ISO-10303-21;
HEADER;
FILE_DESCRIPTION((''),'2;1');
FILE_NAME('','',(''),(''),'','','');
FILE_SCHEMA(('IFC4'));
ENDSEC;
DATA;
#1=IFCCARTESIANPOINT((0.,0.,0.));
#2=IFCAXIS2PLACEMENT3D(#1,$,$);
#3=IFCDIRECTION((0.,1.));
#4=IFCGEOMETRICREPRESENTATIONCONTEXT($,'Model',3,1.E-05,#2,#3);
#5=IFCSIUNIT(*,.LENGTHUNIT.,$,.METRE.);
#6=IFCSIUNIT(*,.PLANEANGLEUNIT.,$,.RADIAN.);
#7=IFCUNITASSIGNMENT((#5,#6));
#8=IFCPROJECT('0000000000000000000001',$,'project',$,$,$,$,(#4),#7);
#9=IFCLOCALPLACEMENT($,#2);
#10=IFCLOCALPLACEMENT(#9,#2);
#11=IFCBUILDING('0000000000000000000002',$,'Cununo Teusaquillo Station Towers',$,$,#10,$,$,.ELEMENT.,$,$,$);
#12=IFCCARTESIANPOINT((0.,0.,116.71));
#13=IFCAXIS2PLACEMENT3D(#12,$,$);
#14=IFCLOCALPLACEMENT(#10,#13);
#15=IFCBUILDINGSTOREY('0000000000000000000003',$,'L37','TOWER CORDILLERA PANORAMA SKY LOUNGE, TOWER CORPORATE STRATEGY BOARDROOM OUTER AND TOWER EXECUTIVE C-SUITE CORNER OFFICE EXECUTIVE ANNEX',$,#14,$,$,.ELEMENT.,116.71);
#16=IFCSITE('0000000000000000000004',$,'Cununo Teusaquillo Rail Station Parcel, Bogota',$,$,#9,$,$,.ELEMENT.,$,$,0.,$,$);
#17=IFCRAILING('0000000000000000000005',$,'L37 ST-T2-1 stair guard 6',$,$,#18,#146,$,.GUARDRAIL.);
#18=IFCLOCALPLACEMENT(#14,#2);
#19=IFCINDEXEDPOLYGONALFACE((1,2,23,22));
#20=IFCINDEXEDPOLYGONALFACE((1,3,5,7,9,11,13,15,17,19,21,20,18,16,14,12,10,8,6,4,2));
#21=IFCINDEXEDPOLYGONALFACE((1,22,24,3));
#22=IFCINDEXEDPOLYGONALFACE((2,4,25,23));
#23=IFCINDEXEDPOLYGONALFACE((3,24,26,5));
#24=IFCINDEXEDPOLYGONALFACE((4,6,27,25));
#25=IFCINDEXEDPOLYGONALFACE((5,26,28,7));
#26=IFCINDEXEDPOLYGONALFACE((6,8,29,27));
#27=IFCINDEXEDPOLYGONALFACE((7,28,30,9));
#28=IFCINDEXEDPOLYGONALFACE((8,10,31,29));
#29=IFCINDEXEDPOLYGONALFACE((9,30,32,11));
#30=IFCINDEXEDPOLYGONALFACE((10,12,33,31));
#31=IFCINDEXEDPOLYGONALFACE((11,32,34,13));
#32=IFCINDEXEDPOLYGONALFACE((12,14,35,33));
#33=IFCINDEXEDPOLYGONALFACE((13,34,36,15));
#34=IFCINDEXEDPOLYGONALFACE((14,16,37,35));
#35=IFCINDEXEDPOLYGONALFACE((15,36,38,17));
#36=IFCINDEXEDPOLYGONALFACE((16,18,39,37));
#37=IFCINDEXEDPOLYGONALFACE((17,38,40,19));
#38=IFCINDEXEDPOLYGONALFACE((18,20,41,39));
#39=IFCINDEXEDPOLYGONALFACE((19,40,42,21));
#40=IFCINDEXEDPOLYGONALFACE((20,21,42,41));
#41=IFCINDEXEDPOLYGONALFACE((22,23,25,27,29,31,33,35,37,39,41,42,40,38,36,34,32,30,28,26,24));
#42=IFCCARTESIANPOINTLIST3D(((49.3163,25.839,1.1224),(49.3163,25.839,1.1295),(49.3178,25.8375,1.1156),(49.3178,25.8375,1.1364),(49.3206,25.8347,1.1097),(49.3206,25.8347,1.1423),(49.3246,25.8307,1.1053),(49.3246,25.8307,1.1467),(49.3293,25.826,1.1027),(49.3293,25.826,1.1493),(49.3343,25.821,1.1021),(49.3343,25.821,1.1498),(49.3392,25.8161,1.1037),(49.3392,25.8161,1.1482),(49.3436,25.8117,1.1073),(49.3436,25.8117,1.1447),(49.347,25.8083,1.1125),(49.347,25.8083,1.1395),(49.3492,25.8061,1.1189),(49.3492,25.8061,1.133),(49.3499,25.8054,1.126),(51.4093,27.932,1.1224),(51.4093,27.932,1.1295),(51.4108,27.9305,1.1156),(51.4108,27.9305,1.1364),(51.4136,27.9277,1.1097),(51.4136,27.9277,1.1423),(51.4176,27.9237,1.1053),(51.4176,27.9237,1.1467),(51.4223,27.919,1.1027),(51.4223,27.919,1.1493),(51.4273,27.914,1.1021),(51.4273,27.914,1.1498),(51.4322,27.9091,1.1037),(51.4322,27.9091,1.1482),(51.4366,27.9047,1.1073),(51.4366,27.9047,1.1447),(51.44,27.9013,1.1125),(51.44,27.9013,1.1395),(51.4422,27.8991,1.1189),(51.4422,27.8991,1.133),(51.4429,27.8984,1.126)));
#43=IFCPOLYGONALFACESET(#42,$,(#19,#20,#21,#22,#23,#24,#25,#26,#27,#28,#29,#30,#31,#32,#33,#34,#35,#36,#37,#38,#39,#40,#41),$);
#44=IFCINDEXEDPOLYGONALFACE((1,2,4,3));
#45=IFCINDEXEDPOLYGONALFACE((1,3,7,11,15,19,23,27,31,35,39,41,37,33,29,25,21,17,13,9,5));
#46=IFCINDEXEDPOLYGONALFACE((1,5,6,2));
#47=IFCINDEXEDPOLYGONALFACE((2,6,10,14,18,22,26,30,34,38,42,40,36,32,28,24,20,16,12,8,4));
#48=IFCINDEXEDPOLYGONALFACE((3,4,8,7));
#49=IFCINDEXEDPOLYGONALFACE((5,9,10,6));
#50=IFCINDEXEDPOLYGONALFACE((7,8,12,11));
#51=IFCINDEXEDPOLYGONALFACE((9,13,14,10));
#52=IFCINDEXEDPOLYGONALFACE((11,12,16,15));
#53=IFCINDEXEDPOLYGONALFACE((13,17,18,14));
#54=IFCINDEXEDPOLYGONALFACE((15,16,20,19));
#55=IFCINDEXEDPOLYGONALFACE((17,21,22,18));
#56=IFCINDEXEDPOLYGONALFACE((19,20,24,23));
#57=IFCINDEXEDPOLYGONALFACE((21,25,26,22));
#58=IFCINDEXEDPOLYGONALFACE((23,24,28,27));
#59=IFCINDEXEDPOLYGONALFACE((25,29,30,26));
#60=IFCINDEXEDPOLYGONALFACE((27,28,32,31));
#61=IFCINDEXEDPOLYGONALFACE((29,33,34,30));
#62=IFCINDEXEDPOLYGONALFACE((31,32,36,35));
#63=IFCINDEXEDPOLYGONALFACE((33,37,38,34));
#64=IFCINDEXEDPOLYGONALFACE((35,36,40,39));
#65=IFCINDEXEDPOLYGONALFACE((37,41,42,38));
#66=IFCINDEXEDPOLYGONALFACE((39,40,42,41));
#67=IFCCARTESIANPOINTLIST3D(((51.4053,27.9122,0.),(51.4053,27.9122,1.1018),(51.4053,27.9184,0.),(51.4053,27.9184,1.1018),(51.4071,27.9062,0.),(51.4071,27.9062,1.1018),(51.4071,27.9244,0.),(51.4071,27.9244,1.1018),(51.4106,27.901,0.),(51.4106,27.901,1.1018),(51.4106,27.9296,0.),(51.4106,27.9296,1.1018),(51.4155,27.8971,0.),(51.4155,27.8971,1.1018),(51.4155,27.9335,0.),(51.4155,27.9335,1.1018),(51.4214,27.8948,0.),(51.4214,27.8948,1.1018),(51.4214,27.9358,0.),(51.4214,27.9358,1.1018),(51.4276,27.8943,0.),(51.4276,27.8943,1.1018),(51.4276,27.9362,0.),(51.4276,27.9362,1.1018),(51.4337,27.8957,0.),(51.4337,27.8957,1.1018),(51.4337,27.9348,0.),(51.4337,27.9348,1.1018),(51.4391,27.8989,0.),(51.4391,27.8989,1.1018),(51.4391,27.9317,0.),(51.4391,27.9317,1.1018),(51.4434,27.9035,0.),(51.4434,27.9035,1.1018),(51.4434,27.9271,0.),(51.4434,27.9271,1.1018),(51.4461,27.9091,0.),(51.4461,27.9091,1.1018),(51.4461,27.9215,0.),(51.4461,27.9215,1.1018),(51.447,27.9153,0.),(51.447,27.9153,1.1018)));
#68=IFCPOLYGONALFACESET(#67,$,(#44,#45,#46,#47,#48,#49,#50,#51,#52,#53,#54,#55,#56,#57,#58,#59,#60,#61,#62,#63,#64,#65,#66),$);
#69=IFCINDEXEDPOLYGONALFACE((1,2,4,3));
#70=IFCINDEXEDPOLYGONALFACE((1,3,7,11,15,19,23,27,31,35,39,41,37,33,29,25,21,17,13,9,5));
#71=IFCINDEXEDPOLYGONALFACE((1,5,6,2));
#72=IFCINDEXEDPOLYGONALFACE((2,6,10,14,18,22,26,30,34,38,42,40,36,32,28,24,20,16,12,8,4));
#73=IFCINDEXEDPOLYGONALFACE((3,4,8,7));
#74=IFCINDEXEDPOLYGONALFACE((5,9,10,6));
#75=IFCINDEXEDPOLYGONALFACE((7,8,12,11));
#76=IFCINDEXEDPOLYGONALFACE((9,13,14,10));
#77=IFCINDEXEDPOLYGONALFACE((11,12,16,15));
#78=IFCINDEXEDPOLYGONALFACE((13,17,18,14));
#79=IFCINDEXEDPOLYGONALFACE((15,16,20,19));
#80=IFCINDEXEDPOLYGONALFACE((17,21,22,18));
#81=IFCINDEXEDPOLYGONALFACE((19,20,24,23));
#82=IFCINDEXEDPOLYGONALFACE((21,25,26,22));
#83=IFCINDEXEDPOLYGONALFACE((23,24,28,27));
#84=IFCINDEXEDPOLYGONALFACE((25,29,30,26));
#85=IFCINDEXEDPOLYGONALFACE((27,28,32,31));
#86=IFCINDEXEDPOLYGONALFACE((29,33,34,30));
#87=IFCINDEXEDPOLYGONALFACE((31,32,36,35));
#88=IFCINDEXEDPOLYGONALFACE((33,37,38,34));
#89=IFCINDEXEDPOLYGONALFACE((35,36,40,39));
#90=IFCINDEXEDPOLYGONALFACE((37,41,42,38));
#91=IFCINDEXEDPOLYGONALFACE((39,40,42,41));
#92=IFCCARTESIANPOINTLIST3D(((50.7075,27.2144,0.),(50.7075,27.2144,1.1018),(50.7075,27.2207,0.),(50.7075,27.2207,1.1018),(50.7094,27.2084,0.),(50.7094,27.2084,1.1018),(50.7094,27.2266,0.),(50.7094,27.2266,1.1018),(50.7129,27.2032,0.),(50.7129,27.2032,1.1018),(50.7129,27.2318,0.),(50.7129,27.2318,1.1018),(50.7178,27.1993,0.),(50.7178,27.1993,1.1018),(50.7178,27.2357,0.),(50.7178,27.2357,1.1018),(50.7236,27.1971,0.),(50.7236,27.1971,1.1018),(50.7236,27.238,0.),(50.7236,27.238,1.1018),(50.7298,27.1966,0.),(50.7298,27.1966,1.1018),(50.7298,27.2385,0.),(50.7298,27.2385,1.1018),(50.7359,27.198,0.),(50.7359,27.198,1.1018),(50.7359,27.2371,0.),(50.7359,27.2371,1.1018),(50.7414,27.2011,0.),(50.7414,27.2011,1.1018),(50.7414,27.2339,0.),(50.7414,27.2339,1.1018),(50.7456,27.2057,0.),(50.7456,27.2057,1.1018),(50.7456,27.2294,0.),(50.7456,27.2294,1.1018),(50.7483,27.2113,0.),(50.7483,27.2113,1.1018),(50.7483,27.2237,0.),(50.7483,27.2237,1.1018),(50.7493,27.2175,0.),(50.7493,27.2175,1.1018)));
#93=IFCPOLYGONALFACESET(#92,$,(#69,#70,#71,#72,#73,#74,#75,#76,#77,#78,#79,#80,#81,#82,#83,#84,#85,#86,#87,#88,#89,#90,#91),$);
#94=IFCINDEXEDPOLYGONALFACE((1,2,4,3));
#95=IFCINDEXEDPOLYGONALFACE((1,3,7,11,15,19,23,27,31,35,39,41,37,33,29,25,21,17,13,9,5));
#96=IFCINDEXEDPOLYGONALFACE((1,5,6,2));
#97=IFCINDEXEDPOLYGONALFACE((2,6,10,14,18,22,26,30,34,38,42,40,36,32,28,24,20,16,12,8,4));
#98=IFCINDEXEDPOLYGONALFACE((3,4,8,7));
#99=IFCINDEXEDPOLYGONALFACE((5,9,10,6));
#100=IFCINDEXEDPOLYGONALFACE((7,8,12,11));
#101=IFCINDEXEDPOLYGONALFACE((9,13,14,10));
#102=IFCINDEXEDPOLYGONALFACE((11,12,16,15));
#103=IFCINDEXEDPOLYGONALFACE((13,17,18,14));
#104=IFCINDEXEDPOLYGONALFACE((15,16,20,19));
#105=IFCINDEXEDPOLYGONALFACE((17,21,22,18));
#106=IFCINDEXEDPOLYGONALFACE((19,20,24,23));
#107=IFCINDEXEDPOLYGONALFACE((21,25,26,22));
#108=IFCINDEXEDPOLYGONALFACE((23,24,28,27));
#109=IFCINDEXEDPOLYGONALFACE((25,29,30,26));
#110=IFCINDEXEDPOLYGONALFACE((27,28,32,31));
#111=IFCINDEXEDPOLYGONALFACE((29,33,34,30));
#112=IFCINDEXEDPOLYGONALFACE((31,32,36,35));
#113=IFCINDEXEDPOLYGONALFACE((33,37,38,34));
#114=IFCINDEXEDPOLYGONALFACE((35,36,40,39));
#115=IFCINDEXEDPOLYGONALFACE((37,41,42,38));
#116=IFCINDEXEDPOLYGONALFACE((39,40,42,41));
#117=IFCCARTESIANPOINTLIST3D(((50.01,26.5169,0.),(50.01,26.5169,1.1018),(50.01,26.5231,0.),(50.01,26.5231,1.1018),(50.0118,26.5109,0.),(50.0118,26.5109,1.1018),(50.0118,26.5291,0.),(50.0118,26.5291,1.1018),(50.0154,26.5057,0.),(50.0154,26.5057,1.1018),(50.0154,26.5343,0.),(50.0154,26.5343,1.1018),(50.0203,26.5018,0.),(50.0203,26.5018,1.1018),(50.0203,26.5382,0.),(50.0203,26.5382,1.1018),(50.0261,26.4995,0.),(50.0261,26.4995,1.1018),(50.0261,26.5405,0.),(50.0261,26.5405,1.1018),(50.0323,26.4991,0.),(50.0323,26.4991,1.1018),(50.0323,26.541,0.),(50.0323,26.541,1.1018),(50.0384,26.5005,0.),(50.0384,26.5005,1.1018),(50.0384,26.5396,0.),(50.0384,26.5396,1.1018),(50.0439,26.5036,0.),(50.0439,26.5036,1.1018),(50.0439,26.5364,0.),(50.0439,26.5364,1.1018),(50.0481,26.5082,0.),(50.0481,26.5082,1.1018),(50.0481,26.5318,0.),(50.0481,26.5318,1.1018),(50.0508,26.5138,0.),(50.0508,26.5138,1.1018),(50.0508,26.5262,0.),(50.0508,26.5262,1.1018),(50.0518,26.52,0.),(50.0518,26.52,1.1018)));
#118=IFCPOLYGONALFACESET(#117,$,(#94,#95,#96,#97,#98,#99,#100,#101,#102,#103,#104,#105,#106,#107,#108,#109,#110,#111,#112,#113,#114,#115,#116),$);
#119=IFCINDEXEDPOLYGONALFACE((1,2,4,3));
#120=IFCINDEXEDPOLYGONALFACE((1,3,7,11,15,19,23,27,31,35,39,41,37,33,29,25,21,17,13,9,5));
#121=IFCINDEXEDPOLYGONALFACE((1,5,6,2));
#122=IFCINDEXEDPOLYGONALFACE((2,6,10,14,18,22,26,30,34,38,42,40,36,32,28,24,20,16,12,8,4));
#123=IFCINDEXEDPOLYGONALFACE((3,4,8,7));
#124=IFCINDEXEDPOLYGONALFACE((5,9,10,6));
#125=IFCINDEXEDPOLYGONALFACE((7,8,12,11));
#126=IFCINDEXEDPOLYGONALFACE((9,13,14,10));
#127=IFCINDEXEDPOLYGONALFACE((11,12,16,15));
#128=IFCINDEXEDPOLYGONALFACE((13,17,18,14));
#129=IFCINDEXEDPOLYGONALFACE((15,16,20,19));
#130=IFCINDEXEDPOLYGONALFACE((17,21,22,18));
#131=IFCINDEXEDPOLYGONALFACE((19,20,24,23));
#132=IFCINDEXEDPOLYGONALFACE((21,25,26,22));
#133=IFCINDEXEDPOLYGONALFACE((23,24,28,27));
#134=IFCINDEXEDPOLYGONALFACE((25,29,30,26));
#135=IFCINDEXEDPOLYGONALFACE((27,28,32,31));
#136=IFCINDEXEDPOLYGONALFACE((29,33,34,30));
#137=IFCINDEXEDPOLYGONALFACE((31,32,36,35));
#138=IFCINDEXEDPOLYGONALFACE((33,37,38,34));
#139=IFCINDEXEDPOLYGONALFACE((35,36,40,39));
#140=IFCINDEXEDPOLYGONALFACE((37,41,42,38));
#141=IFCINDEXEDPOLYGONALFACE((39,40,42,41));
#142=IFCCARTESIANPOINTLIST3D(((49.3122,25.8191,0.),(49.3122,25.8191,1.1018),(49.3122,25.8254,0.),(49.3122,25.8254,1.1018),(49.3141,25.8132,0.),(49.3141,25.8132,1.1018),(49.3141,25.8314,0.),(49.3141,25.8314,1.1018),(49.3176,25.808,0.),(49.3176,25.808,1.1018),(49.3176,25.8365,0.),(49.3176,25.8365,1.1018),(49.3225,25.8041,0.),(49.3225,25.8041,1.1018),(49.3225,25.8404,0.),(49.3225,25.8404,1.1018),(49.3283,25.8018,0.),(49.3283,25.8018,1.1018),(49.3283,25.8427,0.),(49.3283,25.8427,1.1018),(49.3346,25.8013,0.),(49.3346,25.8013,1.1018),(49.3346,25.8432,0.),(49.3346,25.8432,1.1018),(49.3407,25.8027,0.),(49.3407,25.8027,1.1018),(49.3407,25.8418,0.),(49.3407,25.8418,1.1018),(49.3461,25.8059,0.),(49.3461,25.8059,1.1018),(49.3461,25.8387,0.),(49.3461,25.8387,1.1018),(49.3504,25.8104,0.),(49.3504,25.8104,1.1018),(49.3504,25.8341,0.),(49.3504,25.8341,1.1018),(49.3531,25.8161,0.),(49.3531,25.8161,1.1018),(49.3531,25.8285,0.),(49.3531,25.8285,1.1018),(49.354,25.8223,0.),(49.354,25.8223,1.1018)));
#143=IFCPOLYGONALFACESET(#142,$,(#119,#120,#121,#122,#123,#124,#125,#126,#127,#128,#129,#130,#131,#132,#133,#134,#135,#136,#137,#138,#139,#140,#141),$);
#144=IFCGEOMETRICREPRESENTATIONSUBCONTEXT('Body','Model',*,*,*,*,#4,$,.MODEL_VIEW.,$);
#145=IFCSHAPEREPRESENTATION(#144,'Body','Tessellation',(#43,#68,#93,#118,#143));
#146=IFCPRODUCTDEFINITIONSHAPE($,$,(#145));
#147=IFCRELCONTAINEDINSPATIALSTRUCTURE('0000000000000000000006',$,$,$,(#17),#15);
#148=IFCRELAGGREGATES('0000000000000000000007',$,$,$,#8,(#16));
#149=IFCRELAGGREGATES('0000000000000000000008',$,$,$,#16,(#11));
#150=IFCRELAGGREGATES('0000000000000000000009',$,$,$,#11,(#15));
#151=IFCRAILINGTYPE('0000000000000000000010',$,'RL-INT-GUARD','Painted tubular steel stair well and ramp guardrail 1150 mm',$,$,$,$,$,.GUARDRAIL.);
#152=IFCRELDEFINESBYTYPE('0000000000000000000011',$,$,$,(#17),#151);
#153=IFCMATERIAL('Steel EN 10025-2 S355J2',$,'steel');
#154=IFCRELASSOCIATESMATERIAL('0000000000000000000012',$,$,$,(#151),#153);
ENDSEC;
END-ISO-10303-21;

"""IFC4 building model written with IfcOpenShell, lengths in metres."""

from ifc_helpers import new_model, si_unit, direction, frame, origin, origin_2d, place, context, subcontext, project, spatial, circle, extrude, material, type_object, element, save


model = new_model("IFC4")

# Units and contexts
model_context = context("Model", 3, precision=1e-05, world=origin(), true_north=direction((0.0, 1.0)))
body_context = subcontext(model_context, "Body", "Model", "MODEL_VIEW")
ifc_project = project(units=[si_unit("LENGTHUNIT", "METRE"), si_unit("PLANEANGLEUNIT", "RADIAN")], contexts=[model_context])

# Site, building, storey
site_placement = place(None, origin())
site = spatial("IfcSite", under=ifc_project, at=site_placement, Name="Cununo Teusaquillo Rail Station Parcel, Bogota", CompositionType="ELEMENT", RefElevation=0.0)
building_placement = place(site_placement, origin())
building = spatial("IfcBuilding", under=site, at=building_placement, Name="Cununo Teusaquillo Station Towers", CompositionType="ELEMENT")
storey_placement = place(building_placement, frame((0.0, 0.0, 116.71)))
storey = spatial("IfcBuildingStorey", under=building, at=storey_placement, Name="L37", Description="TOWER CORDILLERA PANORAMA SKY LOUNGE, TOWER CORPORATE STRATEGY BOARDROOM OUTER AND TOWER EXECUTIVE C-SUITE CORNER OFFICE EXECUTIVE ANNEX", CompositionType="ELEMENT", Elevation=116.71)

# Railing
ifc_material_1 = material(Name="Steel EN 10025-2 S355J2", Category="steel")
railing_type = type_object("IfcRailingType", Name="RL-INT-GUARD", Description="Painted tubular steel stair well and ramp guardrail 1150 mm", PredefinedType="GUARDRAIL", material=ifc_material_1)
railing_1_placement = place(storey_placement, frame((51.426, 27.9153, 0.0)))
element("IfcRailing", 1, at=railing_1_placement, inside=storey, type_object=railing_type, Name="L37 ST-T2-1 stair guard 6", PredefinedType="GUARDRAIL", context=body_context, shape_type="SweptSolid", body=[
    extrude(circle(Radius=0.0239, at=origin_2d()), frame((0.0, 0.0, 1.126), z_axis=(-0.707107, -0.707107, 0.0), x_axis=(0.707107, -0.707107, 0.0)), (0.0, 0.0, 1.0), 2.96),
    extrude(circle(Radius=0.021, at=origin_2d()), origin(), (0.0, 0.0, 1.0), 1.1018),
    extrude(circle(Radius=0.021, at=origin_2d()), frame((-0.6978, -0.6978, 0.0)), (0.0, 0.0, 1.0), 1.1018),
    extrude(circle(Radius=0.021, at=origin_2d()), frame((-1.3953, -1.3953, 0.0)), (0.0, 0.0, 1.0), 1.1018),
    extrude(circle(Radius=0.021, at=origin_2d()), frame((-2.093, -2.093, 0.0)), (0.0, 0.0, 1.0), 1.1018),
])

save(model, "model.ifc")
